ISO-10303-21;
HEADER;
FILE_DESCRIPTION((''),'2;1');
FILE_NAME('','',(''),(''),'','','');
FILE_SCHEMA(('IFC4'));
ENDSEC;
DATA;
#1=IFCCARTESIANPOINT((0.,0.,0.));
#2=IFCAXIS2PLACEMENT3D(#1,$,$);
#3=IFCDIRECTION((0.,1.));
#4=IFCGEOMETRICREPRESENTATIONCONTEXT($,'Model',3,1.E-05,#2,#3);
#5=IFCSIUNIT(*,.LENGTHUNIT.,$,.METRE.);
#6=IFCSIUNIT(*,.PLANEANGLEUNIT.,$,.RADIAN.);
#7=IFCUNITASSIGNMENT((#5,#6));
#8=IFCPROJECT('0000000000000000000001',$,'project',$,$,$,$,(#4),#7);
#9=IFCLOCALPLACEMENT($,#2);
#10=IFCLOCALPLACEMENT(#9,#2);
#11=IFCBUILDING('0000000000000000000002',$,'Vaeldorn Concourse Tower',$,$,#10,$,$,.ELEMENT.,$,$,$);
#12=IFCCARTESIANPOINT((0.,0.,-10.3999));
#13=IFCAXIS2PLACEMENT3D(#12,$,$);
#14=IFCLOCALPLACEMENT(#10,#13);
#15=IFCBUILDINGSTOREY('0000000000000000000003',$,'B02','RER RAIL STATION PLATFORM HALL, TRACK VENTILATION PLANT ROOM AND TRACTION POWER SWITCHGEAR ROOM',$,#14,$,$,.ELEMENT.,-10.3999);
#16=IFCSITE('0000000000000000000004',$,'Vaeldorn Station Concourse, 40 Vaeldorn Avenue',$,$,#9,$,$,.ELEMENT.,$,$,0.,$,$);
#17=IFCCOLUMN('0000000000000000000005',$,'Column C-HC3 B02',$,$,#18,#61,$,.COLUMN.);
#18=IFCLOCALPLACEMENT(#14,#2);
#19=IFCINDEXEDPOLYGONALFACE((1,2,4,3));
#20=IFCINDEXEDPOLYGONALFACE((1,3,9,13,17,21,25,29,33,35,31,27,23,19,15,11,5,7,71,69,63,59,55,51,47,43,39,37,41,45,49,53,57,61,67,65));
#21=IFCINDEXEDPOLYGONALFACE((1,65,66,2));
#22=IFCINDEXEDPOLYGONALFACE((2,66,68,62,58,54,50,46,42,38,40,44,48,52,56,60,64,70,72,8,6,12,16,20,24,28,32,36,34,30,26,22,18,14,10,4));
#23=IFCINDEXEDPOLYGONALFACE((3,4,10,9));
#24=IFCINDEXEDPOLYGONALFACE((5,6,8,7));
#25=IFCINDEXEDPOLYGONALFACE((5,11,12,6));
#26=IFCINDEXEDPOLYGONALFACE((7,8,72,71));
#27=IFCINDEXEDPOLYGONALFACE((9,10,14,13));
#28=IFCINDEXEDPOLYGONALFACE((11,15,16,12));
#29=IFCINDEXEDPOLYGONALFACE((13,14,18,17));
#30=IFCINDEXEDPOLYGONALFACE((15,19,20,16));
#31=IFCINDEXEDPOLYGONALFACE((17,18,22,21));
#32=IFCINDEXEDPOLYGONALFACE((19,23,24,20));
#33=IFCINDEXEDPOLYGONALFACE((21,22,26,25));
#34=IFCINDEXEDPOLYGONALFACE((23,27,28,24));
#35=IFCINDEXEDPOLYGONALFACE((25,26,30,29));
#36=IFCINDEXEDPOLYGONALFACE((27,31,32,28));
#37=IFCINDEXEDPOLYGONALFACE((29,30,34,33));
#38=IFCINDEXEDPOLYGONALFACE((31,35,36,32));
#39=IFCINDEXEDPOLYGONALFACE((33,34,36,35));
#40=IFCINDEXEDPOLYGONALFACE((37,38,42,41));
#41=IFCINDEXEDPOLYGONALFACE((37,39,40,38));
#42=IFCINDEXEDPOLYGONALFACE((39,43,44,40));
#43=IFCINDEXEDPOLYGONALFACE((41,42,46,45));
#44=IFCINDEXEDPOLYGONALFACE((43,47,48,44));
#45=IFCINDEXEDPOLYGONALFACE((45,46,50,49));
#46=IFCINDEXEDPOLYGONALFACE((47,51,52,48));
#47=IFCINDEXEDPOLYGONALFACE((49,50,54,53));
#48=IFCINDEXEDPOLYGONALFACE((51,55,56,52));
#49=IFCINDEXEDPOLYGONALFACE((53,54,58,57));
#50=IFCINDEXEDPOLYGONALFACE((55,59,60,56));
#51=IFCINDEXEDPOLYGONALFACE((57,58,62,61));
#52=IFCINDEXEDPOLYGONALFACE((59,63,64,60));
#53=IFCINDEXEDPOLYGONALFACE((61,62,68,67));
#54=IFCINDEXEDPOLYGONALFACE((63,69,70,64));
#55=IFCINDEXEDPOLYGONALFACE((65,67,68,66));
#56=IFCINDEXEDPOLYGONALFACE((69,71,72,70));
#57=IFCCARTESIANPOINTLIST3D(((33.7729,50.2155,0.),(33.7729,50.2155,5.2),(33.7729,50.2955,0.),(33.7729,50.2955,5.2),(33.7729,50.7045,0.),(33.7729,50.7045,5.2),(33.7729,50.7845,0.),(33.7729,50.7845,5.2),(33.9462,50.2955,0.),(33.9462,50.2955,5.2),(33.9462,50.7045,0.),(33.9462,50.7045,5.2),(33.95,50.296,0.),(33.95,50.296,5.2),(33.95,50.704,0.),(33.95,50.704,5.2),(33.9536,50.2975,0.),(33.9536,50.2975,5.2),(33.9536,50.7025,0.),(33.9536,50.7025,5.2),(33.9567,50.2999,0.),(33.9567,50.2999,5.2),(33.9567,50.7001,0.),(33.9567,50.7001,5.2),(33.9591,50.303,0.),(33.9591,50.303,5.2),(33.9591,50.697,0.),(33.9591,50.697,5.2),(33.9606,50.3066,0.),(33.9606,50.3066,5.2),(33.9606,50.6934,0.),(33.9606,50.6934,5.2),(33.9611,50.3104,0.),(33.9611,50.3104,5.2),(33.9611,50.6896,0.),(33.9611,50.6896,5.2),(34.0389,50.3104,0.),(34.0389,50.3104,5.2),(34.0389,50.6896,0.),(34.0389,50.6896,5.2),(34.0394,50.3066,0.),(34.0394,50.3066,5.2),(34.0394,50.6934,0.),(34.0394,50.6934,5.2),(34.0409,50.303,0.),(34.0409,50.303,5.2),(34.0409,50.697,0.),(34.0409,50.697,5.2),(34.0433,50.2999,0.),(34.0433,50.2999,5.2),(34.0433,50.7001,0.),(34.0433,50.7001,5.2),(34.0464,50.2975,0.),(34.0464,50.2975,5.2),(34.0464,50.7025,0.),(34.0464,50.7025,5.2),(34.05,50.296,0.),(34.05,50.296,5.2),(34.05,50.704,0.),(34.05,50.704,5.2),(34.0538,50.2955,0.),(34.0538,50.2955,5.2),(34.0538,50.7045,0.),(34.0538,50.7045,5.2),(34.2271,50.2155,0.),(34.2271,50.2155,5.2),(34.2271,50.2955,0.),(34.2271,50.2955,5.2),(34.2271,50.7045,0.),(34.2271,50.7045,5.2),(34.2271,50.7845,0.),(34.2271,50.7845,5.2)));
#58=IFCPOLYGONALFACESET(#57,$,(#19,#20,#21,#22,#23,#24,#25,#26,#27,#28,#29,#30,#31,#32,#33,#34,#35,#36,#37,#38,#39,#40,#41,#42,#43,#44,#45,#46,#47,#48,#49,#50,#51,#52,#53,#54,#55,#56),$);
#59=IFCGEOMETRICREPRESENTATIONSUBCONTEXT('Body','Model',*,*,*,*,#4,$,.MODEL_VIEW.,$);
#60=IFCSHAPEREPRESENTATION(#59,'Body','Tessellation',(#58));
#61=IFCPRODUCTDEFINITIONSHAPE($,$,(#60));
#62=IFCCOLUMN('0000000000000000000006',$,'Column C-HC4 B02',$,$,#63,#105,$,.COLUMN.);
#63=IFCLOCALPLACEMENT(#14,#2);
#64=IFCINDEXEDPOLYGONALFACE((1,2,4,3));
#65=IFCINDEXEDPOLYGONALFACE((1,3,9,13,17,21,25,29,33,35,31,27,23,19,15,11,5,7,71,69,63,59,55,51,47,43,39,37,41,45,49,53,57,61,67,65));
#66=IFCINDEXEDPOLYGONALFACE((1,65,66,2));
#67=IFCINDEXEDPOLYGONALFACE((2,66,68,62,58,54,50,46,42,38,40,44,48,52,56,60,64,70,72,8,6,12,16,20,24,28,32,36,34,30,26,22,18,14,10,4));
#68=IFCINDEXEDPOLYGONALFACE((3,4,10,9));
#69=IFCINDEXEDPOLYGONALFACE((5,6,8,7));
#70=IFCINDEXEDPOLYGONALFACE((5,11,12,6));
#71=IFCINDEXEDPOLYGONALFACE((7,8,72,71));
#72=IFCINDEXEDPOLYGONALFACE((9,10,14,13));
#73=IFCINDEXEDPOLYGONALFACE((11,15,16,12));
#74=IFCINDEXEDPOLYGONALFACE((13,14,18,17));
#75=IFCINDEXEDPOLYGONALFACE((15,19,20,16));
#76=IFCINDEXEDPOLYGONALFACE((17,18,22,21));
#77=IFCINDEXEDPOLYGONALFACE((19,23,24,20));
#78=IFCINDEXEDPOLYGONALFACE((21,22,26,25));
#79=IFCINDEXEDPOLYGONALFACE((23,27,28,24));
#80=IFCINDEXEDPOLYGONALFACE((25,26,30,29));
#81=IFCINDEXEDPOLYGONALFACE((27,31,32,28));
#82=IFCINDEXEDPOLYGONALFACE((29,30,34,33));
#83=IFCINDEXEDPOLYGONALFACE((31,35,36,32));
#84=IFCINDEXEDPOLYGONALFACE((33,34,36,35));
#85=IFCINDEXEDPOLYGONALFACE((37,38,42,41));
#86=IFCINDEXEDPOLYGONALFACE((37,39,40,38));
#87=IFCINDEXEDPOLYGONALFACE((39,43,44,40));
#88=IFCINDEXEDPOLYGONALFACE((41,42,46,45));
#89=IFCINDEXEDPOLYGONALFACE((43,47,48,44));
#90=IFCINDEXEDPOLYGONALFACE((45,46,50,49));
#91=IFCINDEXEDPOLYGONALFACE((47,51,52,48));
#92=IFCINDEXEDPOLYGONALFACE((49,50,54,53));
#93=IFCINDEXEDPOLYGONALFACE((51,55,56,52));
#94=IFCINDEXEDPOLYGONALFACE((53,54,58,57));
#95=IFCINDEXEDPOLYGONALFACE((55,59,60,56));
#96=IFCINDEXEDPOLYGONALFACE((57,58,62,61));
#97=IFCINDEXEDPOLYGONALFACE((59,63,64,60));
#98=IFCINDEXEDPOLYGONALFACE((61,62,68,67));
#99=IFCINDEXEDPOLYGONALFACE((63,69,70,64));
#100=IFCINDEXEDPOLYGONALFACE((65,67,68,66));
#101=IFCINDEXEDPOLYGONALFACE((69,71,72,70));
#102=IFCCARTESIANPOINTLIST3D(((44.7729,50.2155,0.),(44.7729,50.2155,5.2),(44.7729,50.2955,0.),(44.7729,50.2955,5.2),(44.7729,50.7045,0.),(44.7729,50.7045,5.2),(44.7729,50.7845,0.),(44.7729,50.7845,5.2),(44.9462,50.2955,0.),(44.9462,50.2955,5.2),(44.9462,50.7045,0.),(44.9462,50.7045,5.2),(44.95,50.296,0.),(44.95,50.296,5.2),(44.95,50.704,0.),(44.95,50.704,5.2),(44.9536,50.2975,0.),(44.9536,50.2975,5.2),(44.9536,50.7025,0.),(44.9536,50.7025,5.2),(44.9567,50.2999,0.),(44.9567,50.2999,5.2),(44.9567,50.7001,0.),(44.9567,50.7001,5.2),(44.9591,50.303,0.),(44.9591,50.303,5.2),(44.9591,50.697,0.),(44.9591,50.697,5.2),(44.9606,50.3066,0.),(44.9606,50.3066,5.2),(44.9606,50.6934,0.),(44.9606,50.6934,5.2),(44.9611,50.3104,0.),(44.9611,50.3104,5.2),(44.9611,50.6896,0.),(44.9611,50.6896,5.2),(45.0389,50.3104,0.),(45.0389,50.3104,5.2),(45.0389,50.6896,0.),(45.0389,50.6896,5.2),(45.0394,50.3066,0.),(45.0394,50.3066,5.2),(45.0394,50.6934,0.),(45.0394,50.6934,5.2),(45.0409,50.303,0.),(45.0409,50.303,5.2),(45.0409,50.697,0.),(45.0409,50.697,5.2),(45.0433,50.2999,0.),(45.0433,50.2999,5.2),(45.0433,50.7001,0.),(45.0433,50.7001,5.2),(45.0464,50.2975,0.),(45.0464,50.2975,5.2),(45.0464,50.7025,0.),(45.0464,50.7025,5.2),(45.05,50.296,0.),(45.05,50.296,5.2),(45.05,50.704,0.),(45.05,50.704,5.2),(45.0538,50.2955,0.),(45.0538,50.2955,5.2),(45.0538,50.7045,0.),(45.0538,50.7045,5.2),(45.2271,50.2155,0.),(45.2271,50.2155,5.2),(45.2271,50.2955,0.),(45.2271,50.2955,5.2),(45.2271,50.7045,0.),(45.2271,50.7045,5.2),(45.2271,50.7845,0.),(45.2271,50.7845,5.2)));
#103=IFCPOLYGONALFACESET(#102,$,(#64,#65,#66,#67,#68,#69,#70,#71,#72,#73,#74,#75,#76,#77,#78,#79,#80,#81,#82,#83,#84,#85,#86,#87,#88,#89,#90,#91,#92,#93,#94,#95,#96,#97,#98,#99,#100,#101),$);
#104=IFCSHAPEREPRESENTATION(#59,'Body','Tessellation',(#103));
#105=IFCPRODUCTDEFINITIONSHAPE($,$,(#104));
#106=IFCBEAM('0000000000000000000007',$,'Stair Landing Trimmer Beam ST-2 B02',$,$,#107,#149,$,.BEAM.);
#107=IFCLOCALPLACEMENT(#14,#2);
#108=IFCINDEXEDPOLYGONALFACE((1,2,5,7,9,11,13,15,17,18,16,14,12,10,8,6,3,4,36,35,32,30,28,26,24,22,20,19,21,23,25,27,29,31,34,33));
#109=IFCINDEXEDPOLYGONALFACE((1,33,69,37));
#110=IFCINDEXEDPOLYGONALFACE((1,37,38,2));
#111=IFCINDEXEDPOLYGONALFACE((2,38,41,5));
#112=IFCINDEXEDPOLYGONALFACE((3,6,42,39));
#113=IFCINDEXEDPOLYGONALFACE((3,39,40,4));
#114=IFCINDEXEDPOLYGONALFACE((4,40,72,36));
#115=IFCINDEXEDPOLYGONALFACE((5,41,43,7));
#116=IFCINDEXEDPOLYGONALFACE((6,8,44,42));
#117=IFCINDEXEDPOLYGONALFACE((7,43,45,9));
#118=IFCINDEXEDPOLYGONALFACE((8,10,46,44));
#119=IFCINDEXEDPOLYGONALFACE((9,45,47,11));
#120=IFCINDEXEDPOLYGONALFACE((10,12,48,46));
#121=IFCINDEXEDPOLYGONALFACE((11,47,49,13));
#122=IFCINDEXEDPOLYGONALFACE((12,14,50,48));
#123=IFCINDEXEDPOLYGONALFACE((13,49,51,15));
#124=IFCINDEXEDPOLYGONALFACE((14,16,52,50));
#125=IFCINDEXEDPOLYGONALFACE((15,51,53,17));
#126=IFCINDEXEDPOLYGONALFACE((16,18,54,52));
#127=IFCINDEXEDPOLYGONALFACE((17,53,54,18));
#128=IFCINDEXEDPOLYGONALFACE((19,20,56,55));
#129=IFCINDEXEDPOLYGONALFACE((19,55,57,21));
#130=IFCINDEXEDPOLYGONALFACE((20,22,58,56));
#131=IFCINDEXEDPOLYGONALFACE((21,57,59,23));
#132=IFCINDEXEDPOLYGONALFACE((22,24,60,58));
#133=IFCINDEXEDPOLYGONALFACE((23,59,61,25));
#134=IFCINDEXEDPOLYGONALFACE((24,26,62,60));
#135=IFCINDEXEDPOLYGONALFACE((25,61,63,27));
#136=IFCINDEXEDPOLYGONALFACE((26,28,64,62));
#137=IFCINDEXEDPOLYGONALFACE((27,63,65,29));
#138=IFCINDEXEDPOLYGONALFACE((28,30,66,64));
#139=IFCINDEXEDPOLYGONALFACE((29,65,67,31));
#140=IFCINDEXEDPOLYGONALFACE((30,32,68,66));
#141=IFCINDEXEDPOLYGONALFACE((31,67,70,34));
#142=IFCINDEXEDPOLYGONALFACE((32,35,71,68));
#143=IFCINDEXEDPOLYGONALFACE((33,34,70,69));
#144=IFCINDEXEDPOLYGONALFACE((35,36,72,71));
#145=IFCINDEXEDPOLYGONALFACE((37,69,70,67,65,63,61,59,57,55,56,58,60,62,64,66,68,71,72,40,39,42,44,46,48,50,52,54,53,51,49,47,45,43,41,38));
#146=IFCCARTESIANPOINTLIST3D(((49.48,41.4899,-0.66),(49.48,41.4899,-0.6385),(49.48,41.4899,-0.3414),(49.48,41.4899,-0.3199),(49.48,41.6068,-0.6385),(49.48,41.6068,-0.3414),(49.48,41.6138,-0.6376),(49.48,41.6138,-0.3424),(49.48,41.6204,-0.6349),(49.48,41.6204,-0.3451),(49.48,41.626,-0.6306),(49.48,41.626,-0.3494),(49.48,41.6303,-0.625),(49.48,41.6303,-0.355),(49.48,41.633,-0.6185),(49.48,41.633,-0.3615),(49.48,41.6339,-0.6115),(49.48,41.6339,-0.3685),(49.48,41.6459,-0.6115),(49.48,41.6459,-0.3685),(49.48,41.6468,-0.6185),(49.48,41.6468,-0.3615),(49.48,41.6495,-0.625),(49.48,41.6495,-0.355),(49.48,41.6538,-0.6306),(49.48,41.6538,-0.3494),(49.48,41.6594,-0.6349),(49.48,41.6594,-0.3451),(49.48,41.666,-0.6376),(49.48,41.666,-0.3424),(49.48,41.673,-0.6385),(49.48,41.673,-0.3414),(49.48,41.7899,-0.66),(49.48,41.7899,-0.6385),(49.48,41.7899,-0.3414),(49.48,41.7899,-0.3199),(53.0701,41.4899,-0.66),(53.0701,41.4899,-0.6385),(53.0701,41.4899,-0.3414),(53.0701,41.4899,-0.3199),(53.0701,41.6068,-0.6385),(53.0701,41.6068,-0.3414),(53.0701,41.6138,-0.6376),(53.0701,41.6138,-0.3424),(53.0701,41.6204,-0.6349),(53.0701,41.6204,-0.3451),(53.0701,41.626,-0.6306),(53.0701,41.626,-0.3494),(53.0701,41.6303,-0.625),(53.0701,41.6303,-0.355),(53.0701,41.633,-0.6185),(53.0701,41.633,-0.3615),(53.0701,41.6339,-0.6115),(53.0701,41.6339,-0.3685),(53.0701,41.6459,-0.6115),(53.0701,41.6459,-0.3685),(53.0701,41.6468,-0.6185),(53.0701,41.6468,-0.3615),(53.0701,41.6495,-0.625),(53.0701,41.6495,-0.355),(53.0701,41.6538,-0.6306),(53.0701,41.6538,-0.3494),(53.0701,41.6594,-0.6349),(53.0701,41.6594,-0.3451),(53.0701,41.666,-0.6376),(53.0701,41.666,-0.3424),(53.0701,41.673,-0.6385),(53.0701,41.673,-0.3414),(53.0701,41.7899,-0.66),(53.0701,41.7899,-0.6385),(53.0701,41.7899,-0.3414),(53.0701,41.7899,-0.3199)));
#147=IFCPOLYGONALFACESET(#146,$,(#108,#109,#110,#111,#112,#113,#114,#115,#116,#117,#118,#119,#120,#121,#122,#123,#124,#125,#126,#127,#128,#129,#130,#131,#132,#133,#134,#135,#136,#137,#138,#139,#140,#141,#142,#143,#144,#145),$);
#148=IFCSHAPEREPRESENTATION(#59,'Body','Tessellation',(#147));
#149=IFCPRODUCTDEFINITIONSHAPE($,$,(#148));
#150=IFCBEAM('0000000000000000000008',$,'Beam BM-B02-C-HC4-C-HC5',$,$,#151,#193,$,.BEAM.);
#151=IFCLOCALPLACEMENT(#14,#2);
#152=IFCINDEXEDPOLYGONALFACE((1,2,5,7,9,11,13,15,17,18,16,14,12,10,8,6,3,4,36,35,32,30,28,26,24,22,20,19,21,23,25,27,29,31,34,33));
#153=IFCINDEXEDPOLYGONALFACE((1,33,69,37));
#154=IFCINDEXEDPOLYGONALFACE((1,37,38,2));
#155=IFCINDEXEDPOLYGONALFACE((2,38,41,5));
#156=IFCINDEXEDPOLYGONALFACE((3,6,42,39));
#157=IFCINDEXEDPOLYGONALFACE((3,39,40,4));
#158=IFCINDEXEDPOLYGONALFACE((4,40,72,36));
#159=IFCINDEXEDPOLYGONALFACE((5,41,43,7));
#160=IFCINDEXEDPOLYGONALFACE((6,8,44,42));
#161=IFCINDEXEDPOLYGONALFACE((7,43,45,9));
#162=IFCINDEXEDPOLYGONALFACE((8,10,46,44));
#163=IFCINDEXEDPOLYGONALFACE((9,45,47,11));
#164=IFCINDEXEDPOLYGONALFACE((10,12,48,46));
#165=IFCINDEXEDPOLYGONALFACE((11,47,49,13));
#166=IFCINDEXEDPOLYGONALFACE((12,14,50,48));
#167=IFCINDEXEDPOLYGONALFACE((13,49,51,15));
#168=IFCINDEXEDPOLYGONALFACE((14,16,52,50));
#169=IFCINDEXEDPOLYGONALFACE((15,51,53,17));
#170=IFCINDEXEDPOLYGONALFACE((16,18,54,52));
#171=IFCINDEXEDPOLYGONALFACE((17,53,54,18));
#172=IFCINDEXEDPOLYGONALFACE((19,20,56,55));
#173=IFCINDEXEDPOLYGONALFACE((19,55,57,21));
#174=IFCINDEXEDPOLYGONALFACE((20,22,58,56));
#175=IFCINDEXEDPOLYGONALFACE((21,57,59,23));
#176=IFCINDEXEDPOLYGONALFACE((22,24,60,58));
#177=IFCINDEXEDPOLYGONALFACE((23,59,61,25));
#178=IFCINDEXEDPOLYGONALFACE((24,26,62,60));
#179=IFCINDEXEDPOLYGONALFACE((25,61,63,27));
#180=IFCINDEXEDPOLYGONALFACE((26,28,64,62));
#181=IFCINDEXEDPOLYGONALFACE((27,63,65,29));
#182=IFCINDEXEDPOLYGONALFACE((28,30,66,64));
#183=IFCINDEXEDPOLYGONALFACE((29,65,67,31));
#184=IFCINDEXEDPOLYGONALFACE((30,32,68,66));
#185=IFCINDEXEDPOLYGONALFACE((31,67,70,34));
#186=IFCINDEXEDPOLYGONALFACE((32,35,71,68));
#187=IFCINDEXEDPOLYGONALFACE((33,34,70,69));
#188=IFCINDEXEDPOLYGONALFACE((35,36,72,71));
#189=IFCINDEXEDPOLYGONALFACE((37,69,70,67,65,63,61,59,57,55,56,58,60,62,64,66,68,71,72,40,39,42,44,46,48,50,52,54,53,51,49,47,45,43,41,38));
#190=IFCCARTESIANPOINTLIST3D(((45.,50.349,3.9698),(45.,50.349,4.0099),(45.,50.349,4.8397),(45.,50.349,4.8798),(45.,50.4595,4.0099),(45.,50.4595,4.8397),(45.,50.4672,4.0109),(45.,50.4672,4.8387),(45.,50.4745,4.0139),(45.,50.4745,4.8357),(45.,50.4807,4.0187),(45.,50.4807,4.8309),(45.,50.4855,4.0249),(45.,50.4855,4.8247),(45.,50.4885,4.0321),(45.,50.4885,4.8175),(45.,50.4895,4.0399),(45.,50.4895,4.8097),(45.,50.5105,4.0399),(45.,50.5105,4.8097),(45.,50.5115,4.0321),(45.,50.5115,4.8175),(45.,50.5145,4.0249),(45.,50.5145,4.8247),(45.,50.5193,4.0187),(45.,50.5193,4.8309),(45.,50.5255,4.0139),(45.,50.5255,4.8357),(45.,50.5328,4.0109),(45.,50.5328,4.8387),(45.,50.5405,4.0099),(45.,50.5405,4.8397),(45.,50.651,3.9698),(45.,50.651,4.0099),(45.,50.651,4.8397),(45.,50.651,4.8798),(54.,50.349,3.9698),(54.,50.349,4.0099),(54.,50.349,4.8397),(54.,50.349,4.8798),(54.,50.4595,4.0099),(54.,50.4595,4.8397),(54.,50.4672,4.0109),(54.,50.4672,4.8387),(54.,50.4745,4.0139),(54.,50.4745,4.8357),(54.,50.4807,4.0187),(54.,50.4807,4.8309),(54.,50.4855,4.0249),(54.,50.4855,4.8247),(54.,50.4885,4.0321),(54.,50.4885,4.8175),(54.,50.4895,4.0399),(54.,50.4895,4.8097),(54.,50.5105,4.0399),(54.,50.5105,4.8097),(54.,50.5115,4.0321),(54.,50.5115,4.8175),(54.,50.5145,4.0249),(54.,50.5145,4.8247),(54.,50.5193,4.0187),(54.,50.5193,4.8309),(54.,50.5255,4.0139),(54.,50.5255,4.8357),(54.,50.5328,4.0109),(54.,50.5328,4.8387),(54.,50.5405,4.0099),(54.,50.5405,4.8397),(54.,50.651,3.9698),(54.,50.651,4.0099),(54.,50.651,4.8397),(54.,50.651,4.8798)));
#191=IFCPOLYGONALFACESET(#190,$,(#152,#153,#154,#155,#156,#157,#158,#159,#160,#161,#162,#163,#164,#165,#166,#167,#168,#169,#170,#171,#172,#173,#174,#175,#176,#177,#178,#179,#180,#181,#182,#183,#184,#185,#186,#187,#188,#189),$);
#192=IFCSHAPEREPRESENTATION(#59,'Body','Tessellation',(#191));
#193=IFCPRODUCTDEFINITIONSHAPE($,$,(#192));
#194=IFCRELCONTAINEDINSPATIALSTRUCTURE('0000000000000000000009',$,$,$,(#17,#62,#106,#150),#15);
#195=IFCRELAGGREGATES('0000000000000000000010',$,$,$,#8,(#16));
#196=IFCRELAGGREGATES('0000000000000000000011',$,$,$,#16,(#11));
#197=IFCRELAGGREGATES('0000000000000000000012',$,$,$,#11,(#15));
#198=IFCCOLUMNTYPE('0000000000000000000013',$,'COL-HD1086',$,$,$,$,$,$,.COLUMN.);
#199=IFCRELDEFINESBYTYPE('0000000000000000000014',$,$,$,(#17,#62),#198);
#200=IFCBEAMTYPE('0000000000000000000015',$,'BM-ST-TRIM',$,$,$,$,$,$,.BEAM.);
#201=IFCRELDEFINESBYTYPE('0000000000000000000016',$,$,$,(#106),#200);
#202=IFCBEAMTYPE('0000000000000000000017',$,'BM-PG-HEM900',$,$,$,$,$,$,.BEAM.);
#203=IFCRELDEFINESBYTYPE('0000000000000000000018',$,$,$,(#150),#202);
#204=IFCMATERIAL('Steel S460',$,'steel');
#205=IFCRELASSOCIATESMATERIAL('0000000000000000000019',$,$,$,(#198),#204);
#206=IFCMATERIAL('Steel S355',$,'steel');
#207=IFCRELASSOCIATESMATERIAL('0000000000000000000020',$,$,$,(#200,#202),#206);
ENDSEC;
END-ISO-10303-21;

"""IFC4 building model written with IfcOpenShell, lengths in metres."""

from ifc_helpers import new_model, si_unit, direction, frame, origin, origin_2d, place, context, subcontext, project, spatial, i_section, extrude, source, transform, mapped, material, material_profile, profile_set, type_object, element, save


model = new_model("IFC4")

# Units and contexts
model_context = context("Model", 3, precision=1e-05, world=origin(), true_north=direction((0.0, 1.0)))
body_context = subcontext(model_context, "Body", "Model", "MODEL_VIEW")
ifc_project = project(units=[si_unit("LENGTHUNIT", "METRE"), si_unit("PLANEANGLEUNIT", "RADIAN")], contexts=[model_context])

# Site, building, storey
site_placement = place(None, origin())
site = spatial("IfcSite", under=ifc_project, at=site_placement, Name="Vaeldorn Station Concourse, 40 Vaeldorn Avenue", CompositionType="ELEMENT", RefElevation=0.0)
building_placement = place(site_placement, origin())
building = spatial("IfcBuilding", under=site, at=building_placement, Name="Vaeldorn Concourse Tower", CompositionType="ELEMENT")
storey_placement = place(building_placement, frame((0.0, 0.0, -10.3999)))
storey = spatial("IfcBuildingStorey", under=building, at=storey_placement, Name="B02", Description="RER RAIL STATION PLATFORM HALL, TRACK VENTILATION PLANT ROOM AND TRACTION POWER SWITCHGEAR ROOM", CompositionType="ELEMENT", Elevation=-10.3999)

# Columns
ifc_material_1 = material(Name="Steel S460", Category="steel")
ifc_material_profile_1 = material_profile(ifc_material_1, i_section(OverallWidth=0.4541, OverallDepth=0.5691, WebThickness=0.0779, FlangeThickness=0.0801, FilletRadius=0.0149, at=origin_2d()), Name="HD 400x1086")
ifc_profile_set_1 = profile_set([ifc_material_profile_1], Name="Steel S460")
column_type = type_object("IfcColumnType", Name="COL-HD1086", PredefinedType="COLUMN", material=ifc_profile_set_1)
shared_shape_1 = source(origin(), body_context, "Body", "SweptSolid", [
    extrude(i_section(OverallWidth=0.4541, OverallDepth=0.5691, WebThickness=0.0779, FlangeThickness=0.0801, FilletRadius=0.0149, at=origin_2d()), origin(), (0.0, 0.0, 1.0), 5.2),
])
for number, where, z_axis, x_axis, name in (
    (1, (34.0, 50.5, 0.0), (0.0, 0.0, 1.0), (1.0, 0.0, 0.0), "Column C-HC3 B02"),
    (2, (45.0, 50.5, 0.0), (0.0, 0.0, 1.0), (1.0, 0.0, 0.0), "Column C-HC4 B02"),
):
    element("IfcColumn", number, at=place(storey_placement, frame(where, z_axis=z_axis, x_axis=x_axis)), inside=storey, type_object=column_type, Name=name, PredefinedType="COLUMN", context=body_context, shape_type="MappedRepresentation", body=[
        mapped(shared_shape_1, transform((0.0, 0.0, 0.0), scale=1.0)),
    ])

# Beams
ifc_material_2 = material(Name="Steel S355", Category="steel")
ifc_material_profile_2 = material_profile(ifc_material_2, i_section(OverallWidth=0.3, OverallDepth=0.3401, WebThickness=0.012, FlangeThickness=0.0215, FilletRadius=0.0271, at=origin_2d()), Name="HEB 340")
ifc_profile_set_2 = profile_set([ifc_material_profile_2], Name="Steel S355")
beam_type_1 = type_object("IfcBeamType", Name="BM-ST-TRIM", PredefinedType="BEAM", material=ifc_profile_set_2)
shared_shape_2 = source(origin(), body_context, "Body", "SweptSolid", [
    extrude(i_section(OverallWidth=0.3, OverallDepth=0.3401, WebThickness=0.012, FlangeThickness=0.0215, FilletRadius=0.0271, at=origin_2d()), origin(), (0.0, 0.0, 1.0), 3.5901),
])
beam_1_placement = place(storey_placement, frame((49.48, 41.6399, -0.49), z_axis=(1.0, 0.0, 0.0), x_axis=(0.0, 1.0, 0.0)))
element("IfcBeam", 3, at=beam_1_placement, inside=storey, type_object=beam_type_1, Name="Stair Landing Trimmer Beam ST-2 B02", PredefinedType="BEAM", context=body_context, shape_type="MappedRepresentation", body=[
    mapped(shared_shape_2, transform((0.0, 0.0, 0.0), scale=1.0)),
])
ifc_material_profile_3 = material_profile(ifc_material_2, i_section(OverallWidth=0.302, OverallDepth=0.9099, WebThickness=0.021, FlangeThickness=0.04, FilletRadius=0.03, at=origin_2d()), Name="HEM 900")
ifc_profile_set_3 = profile_set([ifc_material_profile_3], Name="Steel S355")
beam_type_2 = type_object("IfcBeamType", Name="BM-PG-HEM900", PredefinedType="BEAM", material=ifc_profile_set_3)
shared_shape_3 = source(origin(), body_context, "Body", "SweptSolid", [
    extrude(i_section(OverallWidth=0.302, OverallDepth=0.9099, WebThickness=0.021, FlangeThickness=0.04, FilletRadius=0.03, at=origin_2d()), origin(), (0.0, 0.0, 1.0), 9.0),
])
beam_2_placement = place(storey_placement, frame((45.0, 50.5, 4.4248), z_axis=(1.0, 0.0, 0.0), x_axis=(0.0, 1.0, 0.0)))
element("IfcBeam", 4, at=beam_2_placement, inside=storey, type_object=beam_type_2, Name="Beam BM-B02-C-HC4-C-HC5", PredefinedType="BEAM", context=body_context, shape_type="MappedRepresentation", body=[
    mapped(shared_shape_3, transform((0.0, 0.0, 0.0), scale=1.0)),
])

save(model, "model.ifc")
